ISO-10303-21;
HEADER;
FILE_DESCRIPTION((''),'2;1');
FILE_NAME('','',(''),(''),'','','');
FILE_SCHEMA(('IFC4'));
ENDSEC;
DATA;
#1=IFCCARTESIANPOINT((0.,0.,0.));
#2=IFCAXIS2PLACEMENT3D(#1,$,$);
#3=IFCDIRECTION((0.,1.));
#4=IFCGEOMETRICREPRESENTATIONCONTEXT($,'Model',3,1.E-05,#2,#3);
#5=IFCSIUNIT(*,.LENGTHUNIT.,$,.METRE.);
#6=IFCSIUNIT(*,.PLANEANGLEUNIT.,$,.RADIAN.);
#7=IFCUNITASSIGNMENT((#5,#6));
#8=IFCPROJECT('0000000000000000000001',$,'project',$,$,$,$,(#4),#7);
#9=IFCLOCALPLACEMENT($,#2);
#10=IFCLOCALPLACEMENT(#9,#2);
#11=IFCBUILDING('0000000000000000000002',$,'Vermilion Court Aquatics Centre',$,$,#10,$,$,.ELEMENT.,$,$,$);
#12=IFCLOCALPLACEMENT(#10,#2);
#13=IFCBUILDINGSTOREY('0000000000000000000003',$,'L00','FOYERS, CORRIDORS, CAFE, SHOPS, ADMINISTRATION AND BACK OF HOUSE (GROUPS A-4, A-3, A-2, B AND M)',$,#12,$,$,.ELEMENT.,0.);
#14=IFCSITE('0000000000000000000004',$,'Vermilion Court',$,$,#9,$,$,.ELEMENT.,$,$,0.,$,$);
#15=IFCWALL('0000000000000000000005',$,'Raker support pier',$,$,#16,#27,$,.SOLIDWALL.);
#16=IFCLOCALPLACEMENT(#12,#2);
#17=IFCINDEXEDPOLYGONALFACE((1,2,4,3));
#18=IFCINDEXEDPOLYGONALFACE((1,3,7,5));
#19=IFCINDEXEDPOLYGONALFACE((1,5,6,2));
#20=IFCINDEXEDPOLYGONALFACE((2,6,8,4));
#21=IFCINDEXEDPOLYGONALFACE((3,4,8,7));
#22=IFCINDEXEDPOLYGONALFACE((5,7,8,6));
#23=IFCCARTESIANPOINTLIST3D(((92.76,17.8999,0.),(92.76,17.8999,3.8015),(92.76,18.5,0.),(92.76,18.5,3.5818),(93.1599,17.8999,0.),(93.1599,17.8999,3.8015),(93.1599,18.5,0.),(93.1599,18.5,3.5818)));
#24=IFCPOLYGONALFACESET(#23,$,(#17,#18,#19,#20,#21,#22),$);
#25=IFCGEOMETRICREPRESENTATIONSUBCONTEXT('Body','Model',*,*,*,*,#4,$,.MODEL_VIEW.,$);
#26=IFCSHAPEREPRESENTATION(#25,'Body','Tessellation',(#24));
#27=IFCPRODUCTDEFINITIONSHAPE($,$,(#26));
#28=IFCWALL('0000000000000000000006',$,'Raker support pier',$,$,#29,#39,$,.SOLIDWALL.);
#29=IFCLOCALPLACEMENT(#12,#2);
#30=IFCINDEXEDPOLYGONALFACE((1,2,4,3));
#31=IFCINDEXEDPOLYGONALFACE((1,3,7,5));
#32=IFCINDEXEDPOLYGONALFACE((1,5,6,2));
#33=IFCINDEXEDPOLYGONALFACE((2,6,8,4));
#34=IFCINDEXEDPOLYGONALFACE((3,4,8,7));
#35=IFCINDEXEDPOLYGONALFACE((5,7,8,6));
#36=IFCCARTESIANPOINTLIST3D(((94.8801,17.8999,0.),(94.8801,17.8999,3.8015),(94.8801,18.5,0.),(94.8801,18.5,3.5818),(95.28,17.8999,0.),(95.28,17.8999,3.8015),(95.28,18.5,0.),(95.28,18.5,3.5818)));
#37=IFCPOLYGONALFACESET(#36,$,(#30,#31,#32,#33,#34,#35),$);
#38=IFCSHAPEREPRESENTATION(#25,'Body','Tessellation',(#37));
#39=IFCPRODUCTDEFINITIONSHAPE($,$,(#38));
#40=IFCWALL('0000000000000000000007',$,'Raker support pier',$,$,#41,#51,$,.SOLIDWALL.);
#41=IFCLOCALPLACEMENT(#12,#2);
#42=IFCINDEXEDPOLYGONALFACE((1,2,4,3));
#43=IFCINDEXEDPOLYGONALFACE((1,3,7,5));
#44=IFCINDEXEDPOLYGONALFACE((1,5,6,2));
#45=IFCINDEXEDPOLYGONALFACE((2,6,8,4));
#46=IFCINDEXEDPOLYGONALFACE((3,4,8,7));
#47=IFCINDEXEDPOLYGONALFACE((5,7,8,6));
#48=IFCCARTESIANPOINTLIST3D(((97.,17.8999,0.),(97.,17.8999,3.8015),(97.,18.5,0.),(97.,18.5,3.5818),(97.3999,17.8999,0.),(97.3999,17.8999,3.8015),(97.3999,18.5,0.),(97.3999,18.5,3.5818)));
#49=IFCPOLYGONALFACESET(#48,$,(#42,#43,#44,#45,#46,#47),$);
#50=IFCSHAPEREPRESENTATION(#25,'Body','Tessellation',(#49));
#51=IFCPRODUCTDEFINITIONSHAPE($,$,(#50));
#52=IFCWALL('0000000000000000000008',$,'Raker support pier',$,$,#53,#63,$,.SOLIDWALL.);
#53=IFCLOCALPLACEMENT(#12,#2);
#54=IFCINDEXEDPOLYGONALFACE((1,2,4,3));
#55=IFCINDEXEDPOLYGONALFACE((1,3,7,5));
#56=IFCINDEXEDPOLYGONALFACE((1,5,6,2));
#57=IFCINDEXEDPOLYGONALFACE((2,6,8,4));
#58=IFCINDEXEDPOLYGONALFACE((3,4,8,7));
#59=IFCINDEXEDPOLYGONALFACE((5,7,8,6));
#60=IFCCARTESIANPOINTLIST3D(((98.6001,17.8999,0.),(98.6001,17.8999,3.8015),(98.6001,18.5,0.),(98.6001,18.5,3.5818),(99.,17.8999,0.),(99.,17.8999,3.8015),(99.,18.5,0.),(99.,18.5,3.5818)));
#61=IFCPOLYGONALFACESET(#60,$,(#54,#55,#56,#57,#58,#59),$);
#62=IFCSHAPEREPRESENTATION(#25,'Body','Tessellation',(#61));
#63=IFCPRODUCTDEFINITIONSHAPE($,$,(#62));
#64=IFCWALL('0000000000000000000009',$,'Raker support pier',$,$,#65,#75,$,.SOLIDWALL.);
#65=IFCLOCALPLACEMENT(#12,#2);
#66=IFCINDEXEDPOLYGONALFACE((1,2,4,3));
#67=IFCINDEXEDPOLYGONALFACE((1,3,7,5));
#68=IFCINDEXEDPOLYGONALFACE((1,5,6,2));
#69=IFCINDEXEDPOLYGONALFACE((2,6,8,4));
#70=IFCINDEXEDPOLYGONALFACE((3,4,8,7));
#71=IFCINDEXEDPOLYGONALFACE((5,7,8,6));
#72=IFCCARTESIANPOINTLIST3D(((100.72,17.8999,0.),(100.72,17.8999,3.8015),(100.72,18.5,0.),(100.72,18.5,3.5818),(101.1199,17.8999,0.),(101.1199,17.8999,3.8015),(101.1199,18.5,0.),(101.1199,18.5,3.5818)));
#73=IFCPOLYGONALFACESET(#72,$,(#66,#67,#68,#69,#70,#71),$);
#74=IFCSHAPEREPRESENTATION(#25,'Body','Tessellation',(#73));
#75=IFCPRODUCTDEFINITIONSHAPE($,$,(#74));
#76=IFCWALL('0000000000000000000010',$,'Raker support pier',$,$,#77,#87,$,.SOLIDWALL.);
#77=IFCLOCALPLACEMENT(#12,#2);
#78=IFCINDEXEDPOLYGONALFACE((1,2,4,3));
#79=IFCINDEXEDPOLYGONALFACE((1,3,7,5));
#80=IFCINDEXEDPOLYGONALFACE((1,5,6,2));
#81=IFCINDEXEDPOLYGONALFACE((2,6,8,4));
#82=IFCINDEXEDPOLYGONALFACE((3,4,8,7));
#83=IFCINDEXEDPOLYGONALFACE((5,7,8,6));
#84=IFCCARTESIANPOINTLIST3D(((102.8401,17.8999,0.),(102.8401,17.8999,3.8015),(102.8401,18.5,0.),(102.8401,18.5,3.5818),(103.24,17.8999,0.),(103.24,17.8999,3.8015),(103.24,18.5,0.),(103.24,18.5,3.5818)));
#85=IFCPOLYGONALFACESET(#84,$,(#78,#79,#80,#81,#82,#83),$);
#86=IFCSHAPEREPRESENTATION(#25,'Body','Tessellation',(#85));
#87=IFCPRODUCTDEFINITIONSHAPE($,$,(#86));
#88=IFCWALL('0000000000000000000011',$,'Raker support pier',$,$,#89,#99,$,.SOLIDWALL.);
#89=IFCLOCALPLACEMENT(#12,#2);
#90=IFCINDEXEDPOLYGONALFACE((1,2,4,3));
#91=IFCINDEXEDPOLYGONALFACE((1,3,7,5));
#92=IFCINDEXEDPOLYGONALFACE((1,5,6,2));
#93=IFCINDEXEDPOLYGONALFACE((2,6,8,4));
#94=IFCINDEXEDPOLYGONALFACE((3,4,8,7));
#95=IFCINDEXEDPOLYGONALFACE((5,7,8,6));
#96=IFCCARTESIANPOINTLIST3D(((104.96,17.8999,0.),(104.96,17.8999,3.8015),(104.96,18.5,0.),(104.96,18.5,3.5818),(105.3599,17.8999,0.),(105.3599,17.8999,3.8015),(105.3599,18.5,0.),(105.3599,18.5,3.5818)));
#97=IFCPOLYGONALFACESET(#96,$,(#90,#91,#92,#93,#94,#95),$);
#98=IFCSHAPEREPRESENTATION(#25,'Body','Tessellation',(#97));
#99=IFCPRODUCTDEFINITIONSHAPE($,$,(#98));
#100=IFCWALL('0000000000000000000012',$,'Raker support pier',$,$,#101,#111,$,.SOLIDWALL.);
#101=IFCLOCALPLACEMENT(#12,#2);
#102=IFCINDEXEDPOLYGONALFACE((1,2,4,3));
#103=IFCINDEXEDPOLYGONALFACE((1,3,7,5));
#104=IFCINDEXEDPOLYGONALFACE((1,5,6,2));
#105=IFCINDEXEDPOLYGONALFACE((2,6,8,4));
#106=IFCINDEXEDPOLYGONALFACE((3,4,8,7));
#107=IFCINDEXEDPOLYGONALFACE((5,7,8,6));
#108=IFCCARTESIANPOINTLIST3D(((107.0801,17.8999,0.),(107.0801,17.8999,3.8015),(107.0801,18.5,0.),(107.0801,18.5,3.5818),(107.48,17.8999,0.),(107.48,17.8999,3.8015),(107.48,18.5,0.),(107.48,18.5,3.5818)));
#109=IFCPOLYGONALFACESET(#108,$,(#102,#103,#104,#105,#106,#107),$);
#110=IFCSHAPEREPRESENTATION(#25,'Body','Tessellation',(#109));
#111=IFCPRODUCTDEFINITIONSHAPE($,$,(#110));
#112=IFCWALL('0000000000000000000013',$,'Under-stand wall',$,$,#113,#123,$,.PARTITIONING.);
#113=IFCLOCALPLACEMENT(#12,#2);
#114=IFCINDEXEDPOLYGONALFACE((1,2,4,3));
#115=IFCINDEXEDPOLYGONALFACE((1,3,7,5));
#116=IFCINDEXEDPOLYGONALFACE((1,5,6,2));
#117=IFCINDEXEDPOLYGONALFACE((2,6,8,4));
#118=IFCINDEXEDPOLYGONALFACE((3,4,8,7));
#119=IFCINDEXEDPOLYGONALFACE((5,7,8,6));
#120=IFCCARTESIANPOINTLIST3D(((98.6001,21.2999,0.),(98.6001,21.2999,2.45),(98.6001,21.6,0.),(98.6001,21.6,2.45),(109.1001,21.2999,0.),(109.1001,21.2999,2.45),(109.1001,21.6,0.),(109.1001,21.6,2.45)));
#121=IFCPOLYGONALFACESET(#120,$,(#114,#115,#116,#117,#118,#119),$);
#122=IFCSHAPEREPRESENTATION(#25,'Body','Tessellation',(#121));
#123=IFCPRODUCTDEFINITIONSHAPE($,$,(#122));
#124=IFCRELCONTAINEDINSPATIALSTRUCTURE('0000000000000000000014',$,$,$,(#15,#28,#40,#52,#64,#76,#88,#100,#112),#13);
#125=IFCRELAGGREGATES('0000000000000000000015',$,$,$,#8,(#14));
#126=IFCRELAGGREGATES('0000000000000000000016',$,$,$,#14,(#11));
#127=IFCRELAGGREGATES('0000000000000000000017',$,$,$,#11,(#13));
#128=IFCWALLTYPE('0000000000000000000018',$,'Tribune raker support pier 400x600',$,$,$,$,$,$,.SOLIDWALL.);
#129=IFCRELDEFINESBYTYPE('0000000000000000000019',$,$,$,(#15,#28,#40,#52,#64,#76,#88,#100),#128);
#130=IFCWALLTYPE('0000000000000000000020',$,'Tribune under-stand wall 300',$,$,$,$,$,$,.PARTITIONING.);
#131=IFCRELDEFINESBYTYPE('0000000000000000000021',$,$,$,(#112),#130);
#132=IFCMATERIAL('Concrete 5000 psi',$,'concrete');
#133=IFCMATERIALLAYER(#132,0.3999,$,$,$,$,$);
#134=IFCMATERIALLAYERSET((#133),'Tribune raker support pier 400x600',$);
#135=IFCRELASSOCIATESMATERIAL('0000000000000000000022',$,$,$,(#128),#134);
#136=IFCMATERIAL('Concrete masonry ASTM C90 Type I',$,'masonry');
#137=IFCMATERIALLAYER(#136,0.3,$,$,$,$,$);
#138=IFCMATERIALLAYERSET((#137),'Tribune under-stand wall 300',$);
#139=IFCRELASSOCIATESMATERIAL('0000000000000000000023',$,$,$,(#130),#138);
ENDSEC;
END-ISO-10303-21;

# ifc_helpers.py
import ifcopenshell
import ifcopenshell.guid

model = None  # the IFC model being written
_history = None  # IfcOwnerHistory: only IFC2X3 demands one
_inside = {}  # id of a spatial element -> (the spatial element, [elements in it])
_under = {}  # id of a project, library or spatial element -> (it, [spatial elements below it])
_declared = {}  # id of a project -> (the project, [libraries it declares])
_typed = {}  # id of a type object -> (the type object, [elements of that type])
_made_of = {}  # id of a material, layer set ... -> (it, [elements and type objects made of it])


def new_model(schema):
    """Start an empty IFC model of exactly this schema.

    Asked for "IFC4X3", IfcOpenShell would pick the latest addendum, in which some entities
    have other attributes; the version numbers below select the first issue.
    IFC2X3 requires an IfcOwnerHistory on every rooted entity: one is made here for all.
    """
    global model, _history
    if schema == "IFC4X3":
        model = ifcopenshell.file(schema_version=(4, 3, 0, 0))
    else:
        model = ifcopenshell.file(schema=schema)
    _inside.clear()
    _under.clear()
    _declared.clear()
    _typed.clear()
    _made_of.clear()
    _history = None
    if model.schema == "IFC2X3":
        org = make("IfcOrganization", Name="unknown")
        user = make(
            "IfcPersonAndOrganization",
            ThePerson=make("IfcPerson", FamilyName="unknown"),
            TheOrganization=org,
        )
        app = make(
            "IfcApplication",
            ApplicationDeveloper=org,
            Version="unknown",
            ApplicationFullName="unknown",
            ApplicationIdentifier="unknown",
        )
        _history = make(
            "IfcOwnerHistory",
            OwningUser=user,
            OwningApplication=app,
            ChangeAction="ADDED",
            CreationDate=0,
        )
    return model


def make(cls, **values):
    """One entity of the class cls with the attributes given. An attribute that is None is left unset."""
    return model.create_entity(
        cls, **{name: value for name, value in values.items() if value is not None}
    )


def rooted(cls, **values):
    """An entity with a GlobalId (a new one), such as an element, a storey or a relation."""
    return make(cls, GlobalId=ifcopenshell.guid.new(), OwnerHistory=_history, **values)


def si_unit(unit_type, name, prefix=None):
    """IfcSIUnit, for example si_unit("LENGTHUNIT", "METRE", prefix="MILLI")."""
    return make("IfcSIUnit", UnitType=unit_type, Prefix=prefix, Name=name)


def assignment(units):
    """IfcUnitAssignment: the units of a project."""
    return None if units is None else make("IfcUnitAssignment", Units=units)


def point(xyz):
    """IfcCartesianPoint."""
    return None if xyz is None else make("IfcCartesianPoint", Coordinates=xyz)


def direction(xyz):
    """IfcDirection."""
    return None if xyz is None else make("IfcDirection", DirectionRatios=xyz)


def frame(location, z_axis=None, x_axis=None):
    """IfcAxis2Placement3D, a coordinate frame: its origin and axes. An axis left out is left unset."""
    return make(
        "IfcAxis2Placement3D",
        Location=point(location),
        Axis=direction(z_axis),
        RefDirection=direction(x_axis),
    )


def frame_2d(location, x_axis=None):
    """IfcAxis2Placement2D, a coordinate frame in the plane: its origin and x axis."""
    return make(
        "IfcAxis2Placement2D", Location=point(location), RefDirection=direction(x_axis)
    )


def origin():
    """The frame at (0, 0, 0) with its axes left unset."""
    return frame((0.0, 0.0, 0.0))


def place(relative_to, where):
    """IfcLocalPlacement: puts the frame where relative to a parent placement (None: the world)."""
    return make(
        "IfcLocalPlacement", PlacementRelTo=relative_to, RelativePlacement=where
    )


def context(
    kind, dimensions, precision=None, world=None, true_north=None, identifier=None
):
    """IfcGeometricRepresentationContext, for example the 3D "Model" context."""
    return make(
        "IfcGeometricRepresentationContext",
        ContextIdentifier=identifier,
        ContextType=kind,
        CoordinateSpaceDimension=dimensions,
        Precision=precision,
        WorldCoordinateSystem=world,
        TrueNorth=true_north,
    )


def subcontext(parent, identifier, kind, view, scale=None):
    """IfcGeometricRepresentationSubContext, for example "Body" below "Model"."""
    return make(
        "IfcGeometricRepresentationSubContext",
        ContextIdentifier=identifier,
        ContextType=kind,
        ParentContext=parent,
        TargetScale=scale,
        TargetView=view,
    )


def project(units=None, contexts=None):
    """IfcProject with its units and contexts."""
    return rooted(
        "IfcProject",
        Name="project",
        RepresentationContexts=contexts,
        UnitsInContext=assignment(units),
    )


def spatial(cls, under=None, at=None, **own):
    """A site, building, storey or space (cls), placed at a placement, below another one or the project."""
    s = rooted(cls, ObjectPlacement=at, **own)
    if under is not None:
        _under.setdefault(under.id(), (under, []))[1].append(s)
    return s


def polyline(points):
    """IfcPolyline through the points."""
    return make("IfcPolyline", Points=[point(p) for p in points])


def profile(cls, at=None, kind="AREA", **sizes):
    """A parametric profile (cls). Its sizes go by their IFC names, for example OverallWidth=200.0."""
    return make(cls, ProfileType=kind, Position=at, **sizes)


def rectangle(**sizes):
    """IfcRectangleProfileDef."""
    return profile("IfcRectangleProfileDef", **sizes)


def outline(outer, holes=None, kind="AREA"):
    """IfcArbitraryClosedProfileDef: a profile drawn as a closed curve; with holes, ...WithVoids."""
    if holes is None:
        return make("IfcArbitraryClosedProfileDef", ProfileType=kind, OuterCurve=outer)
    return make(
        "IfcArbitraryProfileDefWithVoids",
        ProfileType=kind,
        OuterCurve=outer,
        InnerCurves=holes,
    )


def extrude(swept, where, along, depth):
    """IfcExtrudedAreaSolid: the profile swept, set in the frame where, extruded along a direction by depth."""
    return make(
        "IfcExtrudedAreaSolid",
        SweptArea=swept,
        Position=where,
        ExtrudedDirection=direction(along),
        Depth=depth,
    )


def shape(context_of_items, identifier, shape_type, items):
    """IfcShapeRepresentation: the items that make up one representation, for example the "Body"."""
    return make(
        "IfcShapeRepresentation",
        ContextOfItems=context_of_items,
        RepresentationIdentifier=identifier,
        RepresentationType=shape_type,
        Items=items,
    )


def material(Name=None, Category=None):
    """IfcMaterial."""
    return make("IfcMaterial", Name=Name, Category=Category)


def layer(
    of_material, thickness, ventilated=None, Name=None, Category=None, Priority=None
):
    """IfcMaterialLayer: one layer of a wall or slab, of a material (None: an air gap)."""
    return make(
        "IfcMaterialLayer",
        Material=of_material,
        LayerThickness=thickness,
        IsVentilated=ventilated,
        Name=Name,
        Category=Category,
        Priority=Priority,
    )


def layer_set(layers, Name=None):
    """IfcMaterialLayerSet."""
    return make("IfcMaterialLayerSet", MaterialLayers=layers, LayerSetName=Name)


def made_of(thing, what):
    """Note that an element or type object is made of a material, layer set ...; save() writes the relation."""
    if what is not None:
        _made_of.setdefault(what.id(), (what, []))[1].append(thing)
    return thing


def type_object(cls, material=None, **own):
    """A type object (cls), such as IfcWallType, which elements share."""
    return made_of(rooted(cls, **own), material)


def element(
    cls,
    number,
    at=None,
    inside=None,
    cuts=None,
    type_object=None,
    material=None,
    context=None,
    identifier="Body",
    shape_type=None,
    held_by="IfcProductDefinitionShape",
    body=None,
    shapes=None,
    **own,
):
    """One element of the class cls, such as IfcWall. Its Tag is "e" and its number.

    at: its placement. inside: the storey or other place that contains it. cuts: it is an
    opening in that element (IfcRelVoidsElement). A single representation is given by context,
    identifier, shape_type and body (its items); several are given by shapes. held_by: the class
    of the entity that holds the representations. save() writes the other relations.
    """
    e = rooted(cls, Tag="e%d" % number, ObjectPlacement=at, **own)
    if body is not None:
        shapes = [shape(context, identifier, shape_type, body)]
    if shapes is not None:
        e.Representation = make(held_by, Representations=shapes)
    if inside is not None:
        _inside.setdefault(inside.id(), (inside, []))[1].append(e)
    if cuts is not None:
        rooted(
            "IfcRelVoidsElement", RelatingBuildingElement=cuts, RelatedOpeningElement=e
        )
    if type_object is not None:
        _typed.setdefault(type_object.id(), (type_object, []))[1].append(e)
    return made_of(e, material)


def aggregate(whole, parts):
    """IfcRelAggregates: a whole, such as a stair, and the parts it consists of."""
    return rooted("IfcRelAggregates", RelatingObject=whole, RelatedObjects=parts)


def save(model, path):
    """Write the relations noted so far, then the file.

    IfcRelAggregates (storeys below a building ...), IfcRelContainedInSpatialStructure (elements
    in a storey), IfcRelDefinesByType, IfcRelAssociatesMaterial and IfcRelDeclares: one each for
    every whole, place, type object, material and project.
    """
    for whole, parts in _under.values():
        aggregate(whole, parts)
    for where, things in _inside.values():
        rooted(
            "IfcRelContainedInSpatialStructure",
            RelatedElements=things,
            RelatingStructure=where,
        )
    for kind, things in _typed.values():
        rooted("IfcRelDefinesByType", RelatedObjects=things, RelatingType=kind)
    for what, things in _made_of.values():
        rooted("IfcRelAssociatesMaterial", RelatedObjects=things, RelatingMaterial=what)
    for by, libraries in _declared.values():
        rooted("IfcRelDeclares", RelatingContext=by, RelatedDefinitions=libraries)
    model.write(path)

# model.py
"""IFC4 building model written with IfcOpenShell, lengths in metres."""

from ifc_helpers import new_model, si_unit, direction, frame, frame_2d, origin, place, context, subcontext, project, spatial, polyline, rectangle, outline, extrude, material, layer, layer_set, type_object, element, save


model = new_model("IFC4")

# Units and contexts
model_context = context("Model", 3, precision=1e-05, world=origin(), true_north=direction((0.0, 1.0)))
body_context = subcontext(model_context, "Body", "Model", "MODEL_VIEW")
ifc_project = project(units=[si_unit("LENGTHUNIT", "METRE"), si_unit("PLANEANGLEUNIT", "RADIAN")], contexts=[model_context])

# Site, building, storey
site_placement = place(None, origin())
site = spatial("IfcSite", under=ifc_project, at=site_placement, Name="Vermilion Court", CompositionType="ELEMENT", RefElevation=0.0)
building_placement = place(site_placement, origin())
building = spatial("IfcBuilding", under=site, at=building_placement, Name="Vermilion Court Aquatics Centre", CompositionType="ELEMENT")
storey_placement = place(building_placement, origin())
storey = spatial("IfcBuildingStorey", under=building, at=storey_placement, Name="L00", Description="FOYERS, CORRIDORS, CAFE, SHOPS, ADMINISTRATION AND BACK OF HOUSE (GROUPS A-4, A-3, A-2, B AND M)", CompositionType="ELEMENT", Elevation=0.0)

# Walls
ifc_material_1 = material(Name="Concrete 5000 psi", Category="concrete")
ifc_layer_1 = layer(ifc_material_1, 0.3999)
ifc_layer_set_1 = layer_set([ifc_layer_1], Name="Tribune raker support pier 400x600")
wall_type_1 = type_object("IfcWallType", Name="Tribune raker support pier 400x600", PredefinedType="SOLIDWALL", material=ifc_layer_set_1)
for number, where, z_axis, x_axis, name in (
    (1, (92.96, 18.5, 0.0), (0.0, 0.0, 1.0), (0.0, -1.0, 0.0), "Raker support pier"),
    (2, (95.0801, 18.5, 0.0), (0.0, 0.0, 1.0), (0.0, -1.0, 0.0), "Raker support pier"),
    (3, (97.2, 18.5, 0.0), (0.0, 0.0, 1.0), (0.0, -1.0, 0.0), "Raker support pier"),
    (4, (98.8, 18.5, 0.0), (0.0, 0.0, 1.0), (0.0, -1.0, 0.0), "Raker support pier"),
    (5, (100.9199, 18.5, 0.0), (0.0, 0.0, 1.0), (0.0, -1.0, 0.0), "Raker support pier"),
    (6, (103.04, 18.5, 0.0), (0.0, 0.0, 1.0), (0.0, -1.0, 0.0), "Raker support pier"),
    (7, (105.1599, 18.5, 0.0), (0.0, 0.0, 1.0), (0.0, -1.0, 0.0), "Raker support pier"),
    (8, (107.28, 18.5, 0.0), (0.0, 0.0, 1.0), (0.0, -1.0, 0.0), "Raker support pier"),
):
    element("IfcWall", number, at=place(storey_placement, frame(where, z_axis=z_axis, x_axis=x_axis)), inside=storey, type_object=wall_type_1, Name=name, PredefinedType="SOLIDWALL", context=body_context, shape_type="SweptSolid", body=[
        extrude(outline(polyline([(0.0, 0.0), (0.6001, 0.0), (0.6001, 3.8015), (0.0, 3.5818), (0.0, 0.0)])), frame((0.0, 0.2, 0.0), z_axis=(0.0, -1.0, 0.0), x_axis=(1.0, 0.0, 0.0)), (0.0, 0.0, 1.0), 0.3999),
    ])
ifc_material_2 = material(Name="Concrete masonry ASTM C90 Type I", Category="masonry")
ifc_layer_2 = layer(ifc_material_2, 0.3)
ifc_layer_set_2 = layer_set([ifc_layer_2], Name="Tribune under-stand wall 300")
wall_type_2 = type_object("IfcWallType", Name="Tribune under-stand wall 300", PredefinedType="PARTITIONING", material=ifc_layer_set_2)
wall_1_placement = place(storey_placement, frame((98.6001, 21.45, 0.0), z_axis=(0.0, 0.0, 1.0), x_axis=(1.0, 0.0, 0.0)))
element("IfcWall", 9, at=wall_1_placement, inside=storey, type_object=wall_type_2, Name="Under-stand wall", PredefinedType="PARTITIONING", context=body_context, shape_type="SweptSolid", body=[
    extrude(rectangle(XDim=10.5, YDim=0.3, at=frame_2d((5.25, 0.0))), origin(), (0.0, 0.0, 1.0), 2.45),
])

save(model, "model.ifc")
